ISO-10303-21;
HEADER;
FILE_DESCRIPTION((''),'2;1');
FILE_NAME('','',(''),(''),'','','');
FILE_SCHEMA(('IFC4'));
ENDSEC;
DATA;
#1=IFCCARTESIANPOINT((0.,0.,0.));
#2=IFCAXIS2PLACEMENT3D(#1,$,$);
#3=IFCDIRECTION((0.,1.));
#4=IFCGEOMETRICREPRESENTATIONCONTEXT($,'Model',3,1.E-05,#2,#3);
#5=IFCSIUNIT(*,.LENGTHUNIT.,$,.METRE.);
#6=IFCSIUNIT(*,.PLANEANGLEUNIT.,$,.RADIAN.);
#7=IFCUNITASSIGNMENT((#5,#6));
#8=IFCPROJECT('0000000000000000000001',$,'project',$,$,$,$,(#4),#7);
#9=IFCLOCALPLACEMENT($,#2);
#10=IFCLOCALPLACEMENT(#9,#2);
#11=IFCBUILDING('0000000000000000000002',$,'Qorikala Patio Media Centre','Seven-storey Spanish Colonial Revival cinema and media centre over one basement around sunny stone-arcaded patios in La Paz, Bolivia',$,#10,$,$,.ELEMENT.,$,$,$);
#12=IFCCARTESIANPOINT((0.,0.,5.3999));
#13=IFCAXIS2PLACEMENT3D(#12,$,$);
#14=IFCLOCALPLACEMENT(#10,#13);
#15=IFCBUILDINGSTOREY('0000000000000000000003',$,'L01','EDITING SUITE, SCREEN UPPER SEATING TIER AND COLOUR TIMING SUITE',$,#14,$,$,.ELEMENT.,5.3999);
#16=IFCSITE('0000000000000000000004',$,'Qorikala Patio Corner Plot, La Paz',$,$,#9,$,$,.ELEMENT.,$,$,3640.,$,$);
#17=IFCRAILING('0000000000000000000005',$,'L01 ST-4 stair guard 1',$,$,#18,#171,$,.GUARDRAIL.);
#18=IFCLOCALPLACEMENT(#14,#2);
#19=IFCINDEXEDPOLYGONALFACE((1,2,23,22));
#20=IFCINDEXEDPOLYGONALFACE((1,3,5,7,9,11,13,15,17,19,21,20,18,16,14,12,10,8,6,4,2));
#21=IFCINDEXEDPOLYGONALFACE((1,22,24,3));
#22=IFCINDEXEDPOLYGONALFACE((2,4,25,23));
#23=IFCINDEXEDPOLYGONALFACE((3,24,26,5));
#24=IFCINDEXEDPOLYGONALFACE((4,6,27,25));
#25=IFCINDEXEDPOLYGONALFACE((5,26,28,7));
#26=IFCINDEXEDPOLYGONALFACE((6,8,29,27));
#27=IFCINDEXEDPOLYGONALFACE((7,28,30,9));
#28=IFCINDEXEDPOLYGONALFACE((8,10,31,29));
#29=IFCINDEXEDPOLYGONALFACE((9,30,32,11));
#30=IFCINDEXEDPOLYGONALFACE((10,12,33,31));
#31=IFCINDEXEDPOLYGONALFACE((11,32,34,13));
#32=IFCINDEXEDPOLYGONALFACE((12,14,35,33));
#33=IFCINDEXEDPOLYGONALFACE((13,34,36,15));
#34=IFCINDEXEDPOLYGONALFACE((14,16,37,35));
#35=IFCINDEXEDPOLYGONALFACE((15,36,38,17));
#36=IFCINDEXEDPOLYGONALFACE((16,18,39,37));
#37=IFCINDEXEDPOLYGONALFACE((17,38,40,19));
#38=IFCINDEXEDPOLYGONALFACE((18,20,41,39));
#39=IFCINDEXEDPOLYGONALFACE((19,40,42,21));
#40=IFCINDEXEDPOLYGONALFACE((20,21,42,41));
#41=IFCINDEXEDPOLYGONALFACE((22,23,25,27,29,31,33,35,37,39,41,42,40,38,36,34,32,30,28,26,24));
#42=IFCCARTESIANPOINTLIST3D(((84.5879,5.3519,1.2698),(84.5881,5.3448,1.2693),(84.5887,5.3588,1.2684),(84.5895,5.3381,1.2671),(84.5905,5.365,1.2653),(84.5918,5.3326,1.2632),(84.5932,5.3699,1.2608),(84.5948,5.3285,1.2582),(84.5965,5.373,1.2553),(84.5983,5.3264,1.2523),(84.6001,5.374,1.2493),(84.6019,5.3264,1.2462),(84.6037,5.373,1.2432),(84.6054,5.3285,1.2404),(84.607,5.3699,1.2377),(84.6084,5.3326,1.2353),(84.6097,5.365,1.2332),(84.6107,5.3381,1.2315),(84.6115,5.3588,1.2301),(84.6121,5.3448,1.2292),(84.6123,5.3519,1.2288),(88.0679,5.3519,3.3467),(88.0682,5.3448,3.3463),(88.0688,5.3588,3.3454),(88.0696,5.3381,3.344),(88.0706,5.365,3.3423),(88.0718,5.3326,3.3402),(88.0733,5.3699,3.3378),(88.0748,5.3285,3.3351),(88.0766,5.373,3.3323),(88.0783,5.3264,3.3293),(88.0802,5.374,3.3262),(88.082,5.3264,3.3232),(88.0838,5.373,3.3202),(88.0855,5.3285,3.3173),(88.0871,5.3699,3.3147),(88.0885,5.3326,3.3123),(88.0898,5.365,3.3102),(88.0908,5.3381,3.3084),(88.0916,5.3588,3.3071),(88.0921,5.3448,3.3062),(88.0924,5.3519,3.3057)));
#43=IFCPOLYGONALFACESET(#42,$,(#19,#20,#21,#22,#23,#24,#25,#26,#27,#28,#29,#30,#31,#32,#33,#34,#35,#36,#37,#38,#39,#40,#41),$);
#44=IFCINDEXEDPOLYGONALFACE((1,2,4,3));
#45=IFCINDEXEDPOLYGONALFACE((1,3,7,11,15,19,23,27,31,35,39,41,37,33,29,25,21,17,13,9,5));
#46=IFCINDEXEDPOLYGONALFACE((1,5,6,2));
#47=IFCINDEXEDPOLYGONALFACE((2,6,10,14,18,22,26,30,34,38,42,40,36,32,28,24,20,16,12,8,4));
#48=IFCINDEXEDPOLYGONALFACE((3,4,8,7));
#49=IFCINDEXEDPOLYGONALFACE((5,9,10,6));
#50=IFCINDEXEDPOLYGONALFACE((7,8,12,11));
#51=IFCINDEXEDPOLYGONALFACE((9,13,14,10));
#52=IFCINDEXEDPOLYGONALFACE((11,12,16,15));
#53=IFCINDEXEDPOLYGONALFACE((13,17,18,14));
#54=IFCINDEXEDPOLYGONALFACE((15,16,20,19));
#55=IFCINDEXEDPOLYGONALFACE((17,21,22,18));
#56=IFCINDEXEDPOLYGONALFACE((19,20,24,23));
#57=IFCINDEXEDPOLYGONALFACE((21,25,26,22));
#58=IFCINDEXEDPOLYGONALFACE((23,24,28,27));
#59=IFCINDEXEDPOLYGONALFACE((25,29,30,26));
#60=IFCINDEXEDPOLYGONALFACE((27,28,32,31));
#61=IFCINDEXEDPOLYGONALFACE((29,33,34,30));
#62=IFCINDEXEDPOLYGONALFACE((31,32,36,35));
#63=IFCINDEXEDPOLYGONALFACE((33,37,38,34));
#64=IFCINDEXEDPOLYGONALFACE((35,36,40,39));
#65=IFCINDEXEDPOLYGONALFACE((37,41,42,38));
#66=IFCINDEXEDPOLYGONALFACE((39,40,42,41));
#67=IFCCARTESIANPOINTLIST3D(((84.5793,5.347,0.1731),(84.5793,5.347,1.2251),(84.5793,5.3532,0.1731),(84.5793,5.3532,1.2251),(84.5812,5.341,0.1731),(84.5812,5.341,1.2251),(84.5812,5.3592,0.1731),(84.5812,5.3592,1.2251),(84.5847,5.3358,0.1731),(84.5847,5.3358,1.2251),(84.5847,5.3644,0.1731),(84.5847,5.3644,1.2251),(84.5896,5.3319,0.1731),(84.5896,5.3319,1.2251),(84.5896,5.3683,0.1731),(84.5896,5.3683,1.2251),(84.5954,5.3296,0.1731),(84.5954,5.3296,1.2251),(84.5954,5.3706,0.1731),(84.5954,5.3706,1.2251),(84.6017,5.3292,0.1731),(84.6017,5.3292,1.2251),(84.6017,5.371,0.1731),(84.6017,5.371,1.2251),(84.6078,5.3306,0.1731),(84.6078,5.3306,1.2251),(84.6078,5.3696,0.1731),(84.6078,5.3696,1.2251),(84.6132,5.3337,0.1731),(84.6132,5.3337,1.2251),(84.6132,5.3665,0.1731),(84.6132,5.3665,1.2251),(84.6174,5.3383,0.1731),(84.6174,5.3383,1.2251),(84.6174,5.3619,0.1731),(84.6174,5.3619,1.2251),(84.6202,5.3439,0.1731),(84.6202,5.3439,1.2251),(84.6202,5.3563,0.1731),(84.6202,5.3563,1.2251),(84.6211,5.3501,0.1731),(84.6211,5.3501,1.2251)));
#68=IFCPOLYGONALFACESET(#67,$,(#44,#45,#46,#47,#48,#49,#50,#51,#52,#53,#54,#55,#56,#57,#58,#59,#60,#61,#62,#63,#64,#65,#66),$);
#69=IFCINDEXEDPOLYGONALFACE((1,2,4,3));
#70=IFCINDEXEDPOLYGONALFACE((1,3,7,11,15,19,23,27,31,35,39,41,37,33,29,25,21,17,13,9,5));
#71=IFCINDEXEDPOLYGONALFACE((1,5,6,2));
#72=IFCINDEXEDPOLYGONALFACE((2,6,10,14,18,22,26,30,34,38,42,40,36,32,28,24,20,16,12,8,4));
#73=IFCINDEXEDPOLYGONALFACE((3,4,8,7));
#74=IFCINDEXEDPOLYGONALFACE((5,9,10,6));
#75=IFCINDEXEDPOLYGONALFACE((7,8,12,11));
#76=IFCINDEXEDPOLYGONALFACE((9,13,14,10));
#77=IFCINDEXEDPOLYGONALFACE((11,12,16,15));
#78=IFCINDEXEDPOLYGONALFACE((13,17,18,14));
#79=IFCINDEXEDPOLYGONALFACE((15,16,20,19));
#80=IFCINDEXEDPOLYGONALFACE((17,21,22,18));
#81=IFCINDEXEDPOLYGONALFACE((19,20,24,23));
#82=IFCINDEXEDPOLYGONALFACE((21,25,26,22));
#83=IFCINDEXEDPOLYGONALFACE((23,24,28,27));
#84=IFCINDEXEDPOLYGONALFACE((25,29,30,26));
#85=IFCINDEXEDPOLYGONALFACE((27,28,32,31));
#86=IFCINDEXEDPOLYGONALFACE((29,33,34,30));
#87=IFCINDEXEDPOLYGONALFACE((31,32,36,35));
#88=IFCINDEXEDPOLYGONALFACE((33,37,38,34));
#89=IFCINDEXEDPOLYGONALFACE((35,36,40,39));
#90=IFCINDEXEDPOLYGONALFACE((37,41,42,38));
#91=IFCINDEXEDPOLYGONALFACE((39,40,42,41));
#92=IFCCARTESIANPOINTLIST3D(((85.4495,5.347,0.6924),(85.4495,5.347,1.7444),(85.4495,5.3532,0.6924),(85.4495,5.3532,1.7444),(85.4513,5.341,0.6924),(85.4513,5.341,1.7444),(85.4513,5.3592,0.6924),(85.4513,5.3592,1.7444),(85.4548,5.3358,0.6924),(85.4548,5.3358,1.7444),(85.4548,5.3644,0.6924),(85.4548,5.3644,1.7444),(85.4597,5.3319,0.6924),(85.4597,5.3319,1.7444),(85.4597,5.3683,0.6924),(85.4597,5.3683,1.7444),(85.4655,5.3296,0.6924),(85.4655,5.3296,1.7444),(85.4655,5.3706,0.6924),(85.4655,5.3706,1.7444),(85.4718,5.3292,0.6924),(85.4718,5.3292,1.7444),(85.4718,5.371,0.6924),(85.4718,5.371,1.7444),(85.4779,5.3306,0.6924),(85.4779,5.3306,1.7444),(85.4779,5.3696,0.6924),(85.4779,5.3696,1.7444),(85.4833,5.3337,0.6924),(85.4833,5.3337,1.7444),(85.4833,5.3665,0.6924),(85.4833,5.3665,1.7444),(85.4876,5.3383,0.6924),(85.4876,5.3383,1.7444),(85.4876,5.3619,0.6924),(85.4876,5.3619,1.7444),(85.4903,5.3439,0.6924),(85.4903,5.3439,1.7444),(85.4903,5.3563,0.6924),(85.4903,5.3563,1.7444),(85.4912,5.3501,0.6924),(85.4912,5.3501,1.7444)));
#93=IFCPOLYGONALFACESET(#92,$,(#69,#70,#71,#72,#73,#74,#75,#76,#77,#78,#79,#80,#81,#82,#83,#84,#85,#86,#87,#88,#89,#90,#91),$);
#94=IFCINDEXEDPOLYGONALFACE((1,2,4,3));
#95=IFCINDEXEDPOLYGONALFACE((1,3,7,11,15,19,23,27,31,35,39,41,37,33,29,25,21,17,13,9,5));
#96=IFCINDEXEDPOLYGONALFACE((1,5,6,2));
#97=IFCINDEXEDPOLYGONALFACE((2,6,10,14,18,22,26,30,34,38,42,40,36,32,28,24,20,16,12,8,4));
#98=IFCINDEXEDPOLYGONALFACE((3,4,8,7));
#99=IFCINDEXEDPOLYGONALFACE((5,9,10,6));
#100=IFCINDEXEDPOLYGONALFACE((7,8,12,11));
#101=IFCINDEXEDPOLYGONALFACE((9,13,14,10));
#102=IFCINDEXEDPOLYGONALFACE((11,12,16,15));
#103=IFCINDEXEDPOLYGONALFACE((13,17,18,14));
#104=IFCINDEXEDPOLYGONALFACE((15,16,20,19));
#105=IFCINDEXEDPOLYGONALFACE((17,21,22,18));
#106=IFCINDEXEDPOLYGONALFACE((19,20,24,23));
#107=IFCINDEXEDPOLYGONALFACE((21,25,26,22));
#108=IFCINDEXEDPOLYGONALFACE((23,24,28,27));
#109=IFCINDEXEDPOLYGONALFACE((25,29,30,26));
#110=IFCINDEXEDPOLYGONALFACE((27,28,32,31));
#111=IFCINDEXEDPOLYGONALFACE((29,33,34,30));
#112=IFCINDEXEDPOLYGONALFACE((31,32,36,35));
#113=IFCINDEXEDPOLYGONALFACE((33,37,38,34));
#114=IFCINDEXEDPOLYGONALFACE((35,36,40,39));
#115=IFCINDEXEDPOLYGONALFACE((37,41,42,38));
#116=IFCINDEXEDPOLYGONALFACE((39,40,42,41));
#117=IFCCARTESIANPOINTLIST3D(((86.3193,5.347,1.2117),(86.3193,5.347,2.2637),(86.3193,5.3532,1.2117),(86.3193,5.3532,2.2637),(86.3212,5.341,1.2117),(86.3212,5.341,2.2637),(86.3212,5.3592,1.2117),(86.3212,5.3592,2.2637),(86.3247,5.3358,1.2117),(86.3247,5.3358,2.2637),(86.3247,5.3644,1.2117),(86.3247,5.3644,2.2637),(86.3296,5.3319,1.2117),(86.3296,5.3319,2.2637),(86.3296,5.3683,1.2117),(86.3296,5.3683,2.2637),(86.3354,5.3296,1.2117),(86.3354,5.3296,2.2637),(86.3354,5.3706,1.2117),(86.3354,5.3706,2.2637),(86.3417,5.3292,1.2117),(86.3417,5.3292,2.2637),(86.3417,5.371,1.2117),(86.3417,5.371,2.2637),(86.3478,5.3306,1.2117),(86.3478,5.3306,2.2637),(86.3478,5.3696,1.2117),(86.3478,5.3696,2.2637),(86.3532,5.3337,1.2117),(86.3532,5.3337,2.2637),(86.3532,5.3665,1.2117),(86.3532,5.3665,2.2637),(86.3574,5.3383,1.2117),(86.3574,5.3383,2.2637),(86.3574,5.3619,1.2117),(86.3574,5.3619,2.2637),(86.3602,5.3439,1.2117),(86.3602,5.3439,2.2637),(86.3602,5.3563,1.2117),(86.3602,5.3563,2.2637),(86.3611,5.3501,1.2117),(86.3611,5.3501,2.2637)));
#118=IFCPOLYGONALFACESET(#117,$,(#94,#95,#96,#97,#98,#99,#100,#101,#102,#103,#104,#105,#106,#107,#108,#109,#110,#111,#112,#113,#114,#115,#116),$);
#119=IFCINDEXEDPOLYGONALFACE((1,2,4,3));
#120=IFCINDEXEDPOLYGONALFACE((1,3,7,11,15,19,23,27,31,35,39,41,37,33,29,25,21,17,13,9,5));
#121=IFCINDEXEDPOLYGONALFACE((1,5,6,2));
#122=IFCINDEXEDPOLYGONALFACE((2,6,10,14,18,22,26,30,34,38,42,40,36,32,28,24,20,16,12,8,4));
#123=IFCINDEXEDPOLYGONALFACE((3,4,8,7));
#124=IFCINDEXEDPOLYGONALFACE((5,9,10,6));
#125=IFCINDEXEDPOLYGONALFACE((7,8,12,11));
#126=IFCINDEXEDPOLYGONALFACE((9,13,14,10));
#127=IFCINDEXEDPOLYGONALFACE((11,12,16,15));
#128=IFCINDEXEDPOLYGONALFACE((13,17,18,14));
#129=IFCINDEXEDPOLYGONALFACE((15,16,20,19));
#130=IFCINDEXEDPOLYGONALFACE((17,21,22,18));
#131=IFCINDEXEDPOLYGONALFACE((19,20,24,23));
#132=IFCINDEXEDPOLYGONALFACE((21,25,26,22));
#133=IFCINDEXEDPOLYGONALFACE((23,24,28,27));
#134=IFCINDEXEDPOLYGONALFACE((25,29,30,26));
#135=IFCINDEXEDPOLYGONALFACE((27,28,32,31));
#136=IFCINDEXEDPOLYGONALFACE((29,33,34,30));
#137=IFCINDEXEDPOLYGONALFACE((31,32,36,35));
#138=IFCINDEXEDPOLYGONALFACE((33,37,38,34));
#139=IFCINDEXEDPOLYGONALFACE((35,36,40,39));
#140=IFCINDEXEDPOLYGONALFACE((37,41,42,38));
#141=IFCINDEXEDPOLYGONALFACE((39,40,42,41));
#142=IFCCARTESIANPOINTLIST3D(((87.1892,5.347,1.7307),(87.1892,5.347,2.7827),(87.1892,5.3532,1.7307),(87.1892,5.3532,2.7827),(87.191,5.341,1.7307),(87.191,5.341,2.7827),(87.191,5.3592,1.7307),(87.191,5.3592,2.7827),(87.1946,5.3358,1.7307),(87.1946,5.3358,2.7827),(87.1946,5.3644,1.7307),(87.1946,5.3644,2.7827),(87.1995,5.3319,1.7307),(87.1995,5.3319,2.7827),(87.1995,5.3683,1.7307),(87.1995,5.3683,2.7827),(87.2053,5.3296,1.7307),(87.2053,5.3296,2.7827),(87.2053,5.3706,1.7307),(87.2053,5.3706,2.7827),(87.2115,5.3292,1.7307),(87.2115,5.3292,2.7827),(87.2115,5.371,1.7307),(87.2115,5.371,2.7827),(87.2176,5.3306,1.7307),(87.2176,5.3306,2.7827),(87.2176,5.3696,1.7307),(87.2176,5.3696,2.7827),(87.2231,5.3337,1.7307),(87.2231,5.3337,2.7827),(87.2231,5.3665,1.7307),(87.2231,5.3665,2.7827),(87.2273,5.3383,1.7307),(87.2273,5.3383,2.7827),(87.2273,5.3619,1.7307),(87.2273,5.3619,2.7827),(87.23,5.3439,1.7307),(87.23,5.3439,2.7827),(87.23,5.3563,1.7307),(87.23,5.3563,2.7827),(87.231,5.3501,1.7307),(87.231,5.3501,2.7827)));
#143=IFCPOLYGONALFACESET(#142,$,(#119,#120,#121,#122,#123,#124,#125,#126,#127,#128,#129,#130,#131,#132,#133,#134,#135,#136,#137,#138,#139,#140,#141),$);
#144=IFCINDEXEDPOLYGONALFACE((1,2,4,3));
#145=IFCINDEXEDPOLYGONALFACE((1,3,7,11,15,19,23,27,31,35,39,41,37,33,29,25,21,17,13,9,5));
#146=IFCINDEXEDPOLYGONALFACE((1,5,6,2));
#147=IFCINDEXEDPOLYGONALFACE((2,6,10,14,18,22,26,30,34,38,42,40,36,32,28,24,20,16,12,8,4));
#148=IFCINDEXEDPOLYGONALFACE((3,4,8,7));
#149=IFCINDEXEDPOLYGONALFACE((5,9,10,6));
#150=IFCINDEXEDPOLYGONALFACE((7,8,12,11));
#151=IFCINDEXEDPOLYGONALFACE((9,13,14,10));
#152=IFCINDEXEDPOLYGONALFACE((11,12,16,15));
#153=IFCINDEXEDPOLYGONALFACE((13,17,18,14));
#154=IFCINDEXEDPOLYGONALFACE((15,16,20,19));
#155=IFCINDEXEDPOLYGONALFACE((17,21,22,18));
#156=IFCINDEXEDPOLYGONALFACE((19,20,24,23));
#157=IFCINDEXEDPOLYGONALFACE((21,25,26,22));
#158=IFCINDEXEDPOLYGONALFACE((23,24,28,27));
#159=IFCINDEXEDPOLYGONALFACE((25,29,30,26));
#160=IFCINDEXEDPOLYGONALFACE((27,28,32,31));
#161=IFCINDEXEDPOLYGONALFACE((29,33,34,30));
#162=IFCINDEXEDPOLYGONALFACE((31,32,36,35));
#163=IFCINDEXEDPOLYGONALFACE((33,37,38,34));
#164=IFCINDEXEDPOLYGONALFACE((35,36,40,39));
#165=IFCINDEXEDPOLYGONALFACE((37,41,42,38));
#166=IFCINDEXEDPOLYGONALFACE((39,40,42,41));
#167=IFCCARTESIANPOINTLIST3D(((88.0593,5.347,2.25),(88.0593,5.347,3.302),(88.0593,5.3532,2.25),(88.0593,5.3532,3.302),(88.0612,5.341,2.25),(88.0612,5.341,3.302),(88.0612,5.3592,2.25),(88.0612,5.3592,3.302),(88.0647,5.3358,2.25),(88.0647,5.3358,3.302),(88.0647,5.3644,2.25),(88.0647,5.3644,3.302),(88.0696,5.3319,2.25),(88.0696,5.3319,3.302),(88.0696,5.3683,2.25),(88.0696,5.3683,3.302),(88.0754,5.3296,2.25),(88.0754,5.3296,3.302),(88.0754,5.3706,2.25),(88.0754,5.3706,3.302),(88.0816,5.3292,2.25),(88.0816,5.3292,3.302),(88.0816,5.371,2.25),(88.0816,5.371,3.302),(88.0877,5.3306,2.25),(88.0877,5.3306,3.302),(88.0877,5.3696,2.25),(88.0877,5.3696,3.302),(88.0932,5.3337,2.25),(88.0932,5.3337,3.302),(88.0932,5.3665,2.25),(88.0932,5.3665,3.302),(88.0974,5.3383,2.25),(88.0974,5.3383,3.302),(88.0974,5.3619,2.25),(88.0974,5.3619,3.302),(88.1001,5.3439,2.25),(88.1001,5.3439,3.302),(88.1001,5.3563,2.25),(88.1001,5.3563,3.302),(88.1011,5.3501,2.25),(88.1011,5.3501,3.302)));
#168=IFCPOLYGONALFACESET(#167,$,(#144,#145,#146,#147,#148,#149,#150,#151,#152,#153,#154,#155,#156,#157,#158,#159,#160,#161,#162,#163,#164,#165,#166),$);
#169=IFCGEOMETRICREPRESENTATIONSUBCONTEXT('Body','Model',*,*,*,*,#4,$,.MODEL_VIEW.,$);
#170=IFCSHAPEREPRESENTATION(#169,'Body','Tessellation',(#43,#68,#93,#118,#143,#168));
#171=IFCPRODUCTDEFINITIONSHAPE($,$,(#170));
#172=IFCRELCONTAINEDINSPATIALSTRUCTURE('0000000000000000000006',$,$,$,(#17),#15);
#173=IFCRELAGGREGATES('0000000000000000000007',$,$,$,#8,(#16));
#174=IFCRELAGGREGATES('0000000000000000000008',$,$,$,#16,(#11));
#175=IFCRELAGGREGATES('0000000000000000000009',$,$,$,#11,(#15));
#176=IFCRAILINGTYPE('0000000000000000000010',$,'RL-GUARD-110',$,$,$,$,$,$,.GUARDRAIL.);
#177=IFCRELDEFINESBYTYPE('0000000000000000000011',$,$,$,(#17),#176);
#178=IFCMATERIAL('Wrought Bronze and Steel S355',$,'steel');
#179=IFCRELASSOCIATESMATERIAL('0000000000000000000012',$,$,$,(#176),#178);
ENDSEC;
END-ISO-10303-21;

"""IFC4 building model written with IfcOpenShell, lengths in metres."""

from ifc_helpers import new_model, si_unit, direction, frame, origin, origin_2d, place, context, subcontext, project, spatial, circle, extrude, material, type_object, element, save


model = new_model("IFC4")

# Units and contexts
model_context = context("Model", 3, precision=1e-05, world=origin(), true_north=direction((0.0, 1.0)))
body_context = subcontext(model_context, "Body", "Model", "MODEL_VIEW")
ifc_project = project(units=[si_unit("LENGTHUNIT", "METRE"), si_unit("PLANEANGLEUNIT", "RADIAN")], contexts=[model_context])

# Site, building, storey
site_placement = place(None, origin())
site = spatial("IfcSite", under=ifc_project, at=site_placement, Name="Qorikala Patio Corner Plot, La Paz", CompositionType="ELEMENT", RefElevation=3640.0)
building_placement = place(site_placement, origin())
building = spatial("IfcBuilding", under=site, at=building_placement, Name="Qorikala Patio Media Centre", Description="Seven-storey Spanish Colonial Revival cinema and media centre over one basement around sunny stone-arcaded patios in La Paz, Bolivia", CompositionType="ELEMENT")
storey_placement = place(building_placement, frame((0.0, 0.0, 5.3999)))
storey = spatial("IfcBuildingStorey", under=building, at=storey_placement, Name="L01", Description="EDITING SUITE, SCREEN UPPER SEATING TIER AND COLOUR TIMING SUITE", CompositionType="ELEMENT", Elevation=5.3999)

# Railing
ifc_material_1 = material(Name="Wrought Bronze and Steel S355", Category="steel")
railing_type_1 = type_object("IfcRailingType", Name="RL-GUARD-110", PredefinedType="GUARDRAIL", material=ifc_material_1)
railing_1_placement = place(storey_placement, frame((84.6001, 5.3501, 0.1731)))
element("IfcRailing", 1, at=railing_1_placement, inside=storey, type_object=railing_type_1, Name="L01 ST-4 stair guard 1", PredefinedType="GUARDRAIL", context=body_context, shape_type="SweptSolid", body=[
    extrude(circle(Radius=0.0239, at=origin_2d()), frame((0.0, 0.0, 1.0762), z_axis=(0.858697, 0.0, 0.512483), x_axis=(0.0, 1.0, 0.0)), (0.0, 0.0, 1.0), 4.0527),
    extrude(circle(Radius=0.021, at=origin_2d()), origin(), (0.0, 0.0, 1.0), 1.052),
    extrude(circle(Radius=0.021, at=origin_2d()), frame((0.8701, 0.0, 0.5193)), (0.0, 0.0, 1.0), 1.052),
    extrude(circle(Radius=0.021, at=origin_2d()), frame((1.74, 0.0, 1.0386)), (0.0, 0.0, 1.0), 1.052),
    extrude(circle(Radius=0.021, at=origin_2d()), frame((2.6099, 0.0, 1.5576)), (0.0, 0.0, 1.0), 1.052),
    extrude(circle(Radius=0.021, at=origin_2d()), frame((3.48, 0.0, 2.0769)), (0.0, 0.0, 1.0), 1.052),
])

save(model, "model.ifc")
